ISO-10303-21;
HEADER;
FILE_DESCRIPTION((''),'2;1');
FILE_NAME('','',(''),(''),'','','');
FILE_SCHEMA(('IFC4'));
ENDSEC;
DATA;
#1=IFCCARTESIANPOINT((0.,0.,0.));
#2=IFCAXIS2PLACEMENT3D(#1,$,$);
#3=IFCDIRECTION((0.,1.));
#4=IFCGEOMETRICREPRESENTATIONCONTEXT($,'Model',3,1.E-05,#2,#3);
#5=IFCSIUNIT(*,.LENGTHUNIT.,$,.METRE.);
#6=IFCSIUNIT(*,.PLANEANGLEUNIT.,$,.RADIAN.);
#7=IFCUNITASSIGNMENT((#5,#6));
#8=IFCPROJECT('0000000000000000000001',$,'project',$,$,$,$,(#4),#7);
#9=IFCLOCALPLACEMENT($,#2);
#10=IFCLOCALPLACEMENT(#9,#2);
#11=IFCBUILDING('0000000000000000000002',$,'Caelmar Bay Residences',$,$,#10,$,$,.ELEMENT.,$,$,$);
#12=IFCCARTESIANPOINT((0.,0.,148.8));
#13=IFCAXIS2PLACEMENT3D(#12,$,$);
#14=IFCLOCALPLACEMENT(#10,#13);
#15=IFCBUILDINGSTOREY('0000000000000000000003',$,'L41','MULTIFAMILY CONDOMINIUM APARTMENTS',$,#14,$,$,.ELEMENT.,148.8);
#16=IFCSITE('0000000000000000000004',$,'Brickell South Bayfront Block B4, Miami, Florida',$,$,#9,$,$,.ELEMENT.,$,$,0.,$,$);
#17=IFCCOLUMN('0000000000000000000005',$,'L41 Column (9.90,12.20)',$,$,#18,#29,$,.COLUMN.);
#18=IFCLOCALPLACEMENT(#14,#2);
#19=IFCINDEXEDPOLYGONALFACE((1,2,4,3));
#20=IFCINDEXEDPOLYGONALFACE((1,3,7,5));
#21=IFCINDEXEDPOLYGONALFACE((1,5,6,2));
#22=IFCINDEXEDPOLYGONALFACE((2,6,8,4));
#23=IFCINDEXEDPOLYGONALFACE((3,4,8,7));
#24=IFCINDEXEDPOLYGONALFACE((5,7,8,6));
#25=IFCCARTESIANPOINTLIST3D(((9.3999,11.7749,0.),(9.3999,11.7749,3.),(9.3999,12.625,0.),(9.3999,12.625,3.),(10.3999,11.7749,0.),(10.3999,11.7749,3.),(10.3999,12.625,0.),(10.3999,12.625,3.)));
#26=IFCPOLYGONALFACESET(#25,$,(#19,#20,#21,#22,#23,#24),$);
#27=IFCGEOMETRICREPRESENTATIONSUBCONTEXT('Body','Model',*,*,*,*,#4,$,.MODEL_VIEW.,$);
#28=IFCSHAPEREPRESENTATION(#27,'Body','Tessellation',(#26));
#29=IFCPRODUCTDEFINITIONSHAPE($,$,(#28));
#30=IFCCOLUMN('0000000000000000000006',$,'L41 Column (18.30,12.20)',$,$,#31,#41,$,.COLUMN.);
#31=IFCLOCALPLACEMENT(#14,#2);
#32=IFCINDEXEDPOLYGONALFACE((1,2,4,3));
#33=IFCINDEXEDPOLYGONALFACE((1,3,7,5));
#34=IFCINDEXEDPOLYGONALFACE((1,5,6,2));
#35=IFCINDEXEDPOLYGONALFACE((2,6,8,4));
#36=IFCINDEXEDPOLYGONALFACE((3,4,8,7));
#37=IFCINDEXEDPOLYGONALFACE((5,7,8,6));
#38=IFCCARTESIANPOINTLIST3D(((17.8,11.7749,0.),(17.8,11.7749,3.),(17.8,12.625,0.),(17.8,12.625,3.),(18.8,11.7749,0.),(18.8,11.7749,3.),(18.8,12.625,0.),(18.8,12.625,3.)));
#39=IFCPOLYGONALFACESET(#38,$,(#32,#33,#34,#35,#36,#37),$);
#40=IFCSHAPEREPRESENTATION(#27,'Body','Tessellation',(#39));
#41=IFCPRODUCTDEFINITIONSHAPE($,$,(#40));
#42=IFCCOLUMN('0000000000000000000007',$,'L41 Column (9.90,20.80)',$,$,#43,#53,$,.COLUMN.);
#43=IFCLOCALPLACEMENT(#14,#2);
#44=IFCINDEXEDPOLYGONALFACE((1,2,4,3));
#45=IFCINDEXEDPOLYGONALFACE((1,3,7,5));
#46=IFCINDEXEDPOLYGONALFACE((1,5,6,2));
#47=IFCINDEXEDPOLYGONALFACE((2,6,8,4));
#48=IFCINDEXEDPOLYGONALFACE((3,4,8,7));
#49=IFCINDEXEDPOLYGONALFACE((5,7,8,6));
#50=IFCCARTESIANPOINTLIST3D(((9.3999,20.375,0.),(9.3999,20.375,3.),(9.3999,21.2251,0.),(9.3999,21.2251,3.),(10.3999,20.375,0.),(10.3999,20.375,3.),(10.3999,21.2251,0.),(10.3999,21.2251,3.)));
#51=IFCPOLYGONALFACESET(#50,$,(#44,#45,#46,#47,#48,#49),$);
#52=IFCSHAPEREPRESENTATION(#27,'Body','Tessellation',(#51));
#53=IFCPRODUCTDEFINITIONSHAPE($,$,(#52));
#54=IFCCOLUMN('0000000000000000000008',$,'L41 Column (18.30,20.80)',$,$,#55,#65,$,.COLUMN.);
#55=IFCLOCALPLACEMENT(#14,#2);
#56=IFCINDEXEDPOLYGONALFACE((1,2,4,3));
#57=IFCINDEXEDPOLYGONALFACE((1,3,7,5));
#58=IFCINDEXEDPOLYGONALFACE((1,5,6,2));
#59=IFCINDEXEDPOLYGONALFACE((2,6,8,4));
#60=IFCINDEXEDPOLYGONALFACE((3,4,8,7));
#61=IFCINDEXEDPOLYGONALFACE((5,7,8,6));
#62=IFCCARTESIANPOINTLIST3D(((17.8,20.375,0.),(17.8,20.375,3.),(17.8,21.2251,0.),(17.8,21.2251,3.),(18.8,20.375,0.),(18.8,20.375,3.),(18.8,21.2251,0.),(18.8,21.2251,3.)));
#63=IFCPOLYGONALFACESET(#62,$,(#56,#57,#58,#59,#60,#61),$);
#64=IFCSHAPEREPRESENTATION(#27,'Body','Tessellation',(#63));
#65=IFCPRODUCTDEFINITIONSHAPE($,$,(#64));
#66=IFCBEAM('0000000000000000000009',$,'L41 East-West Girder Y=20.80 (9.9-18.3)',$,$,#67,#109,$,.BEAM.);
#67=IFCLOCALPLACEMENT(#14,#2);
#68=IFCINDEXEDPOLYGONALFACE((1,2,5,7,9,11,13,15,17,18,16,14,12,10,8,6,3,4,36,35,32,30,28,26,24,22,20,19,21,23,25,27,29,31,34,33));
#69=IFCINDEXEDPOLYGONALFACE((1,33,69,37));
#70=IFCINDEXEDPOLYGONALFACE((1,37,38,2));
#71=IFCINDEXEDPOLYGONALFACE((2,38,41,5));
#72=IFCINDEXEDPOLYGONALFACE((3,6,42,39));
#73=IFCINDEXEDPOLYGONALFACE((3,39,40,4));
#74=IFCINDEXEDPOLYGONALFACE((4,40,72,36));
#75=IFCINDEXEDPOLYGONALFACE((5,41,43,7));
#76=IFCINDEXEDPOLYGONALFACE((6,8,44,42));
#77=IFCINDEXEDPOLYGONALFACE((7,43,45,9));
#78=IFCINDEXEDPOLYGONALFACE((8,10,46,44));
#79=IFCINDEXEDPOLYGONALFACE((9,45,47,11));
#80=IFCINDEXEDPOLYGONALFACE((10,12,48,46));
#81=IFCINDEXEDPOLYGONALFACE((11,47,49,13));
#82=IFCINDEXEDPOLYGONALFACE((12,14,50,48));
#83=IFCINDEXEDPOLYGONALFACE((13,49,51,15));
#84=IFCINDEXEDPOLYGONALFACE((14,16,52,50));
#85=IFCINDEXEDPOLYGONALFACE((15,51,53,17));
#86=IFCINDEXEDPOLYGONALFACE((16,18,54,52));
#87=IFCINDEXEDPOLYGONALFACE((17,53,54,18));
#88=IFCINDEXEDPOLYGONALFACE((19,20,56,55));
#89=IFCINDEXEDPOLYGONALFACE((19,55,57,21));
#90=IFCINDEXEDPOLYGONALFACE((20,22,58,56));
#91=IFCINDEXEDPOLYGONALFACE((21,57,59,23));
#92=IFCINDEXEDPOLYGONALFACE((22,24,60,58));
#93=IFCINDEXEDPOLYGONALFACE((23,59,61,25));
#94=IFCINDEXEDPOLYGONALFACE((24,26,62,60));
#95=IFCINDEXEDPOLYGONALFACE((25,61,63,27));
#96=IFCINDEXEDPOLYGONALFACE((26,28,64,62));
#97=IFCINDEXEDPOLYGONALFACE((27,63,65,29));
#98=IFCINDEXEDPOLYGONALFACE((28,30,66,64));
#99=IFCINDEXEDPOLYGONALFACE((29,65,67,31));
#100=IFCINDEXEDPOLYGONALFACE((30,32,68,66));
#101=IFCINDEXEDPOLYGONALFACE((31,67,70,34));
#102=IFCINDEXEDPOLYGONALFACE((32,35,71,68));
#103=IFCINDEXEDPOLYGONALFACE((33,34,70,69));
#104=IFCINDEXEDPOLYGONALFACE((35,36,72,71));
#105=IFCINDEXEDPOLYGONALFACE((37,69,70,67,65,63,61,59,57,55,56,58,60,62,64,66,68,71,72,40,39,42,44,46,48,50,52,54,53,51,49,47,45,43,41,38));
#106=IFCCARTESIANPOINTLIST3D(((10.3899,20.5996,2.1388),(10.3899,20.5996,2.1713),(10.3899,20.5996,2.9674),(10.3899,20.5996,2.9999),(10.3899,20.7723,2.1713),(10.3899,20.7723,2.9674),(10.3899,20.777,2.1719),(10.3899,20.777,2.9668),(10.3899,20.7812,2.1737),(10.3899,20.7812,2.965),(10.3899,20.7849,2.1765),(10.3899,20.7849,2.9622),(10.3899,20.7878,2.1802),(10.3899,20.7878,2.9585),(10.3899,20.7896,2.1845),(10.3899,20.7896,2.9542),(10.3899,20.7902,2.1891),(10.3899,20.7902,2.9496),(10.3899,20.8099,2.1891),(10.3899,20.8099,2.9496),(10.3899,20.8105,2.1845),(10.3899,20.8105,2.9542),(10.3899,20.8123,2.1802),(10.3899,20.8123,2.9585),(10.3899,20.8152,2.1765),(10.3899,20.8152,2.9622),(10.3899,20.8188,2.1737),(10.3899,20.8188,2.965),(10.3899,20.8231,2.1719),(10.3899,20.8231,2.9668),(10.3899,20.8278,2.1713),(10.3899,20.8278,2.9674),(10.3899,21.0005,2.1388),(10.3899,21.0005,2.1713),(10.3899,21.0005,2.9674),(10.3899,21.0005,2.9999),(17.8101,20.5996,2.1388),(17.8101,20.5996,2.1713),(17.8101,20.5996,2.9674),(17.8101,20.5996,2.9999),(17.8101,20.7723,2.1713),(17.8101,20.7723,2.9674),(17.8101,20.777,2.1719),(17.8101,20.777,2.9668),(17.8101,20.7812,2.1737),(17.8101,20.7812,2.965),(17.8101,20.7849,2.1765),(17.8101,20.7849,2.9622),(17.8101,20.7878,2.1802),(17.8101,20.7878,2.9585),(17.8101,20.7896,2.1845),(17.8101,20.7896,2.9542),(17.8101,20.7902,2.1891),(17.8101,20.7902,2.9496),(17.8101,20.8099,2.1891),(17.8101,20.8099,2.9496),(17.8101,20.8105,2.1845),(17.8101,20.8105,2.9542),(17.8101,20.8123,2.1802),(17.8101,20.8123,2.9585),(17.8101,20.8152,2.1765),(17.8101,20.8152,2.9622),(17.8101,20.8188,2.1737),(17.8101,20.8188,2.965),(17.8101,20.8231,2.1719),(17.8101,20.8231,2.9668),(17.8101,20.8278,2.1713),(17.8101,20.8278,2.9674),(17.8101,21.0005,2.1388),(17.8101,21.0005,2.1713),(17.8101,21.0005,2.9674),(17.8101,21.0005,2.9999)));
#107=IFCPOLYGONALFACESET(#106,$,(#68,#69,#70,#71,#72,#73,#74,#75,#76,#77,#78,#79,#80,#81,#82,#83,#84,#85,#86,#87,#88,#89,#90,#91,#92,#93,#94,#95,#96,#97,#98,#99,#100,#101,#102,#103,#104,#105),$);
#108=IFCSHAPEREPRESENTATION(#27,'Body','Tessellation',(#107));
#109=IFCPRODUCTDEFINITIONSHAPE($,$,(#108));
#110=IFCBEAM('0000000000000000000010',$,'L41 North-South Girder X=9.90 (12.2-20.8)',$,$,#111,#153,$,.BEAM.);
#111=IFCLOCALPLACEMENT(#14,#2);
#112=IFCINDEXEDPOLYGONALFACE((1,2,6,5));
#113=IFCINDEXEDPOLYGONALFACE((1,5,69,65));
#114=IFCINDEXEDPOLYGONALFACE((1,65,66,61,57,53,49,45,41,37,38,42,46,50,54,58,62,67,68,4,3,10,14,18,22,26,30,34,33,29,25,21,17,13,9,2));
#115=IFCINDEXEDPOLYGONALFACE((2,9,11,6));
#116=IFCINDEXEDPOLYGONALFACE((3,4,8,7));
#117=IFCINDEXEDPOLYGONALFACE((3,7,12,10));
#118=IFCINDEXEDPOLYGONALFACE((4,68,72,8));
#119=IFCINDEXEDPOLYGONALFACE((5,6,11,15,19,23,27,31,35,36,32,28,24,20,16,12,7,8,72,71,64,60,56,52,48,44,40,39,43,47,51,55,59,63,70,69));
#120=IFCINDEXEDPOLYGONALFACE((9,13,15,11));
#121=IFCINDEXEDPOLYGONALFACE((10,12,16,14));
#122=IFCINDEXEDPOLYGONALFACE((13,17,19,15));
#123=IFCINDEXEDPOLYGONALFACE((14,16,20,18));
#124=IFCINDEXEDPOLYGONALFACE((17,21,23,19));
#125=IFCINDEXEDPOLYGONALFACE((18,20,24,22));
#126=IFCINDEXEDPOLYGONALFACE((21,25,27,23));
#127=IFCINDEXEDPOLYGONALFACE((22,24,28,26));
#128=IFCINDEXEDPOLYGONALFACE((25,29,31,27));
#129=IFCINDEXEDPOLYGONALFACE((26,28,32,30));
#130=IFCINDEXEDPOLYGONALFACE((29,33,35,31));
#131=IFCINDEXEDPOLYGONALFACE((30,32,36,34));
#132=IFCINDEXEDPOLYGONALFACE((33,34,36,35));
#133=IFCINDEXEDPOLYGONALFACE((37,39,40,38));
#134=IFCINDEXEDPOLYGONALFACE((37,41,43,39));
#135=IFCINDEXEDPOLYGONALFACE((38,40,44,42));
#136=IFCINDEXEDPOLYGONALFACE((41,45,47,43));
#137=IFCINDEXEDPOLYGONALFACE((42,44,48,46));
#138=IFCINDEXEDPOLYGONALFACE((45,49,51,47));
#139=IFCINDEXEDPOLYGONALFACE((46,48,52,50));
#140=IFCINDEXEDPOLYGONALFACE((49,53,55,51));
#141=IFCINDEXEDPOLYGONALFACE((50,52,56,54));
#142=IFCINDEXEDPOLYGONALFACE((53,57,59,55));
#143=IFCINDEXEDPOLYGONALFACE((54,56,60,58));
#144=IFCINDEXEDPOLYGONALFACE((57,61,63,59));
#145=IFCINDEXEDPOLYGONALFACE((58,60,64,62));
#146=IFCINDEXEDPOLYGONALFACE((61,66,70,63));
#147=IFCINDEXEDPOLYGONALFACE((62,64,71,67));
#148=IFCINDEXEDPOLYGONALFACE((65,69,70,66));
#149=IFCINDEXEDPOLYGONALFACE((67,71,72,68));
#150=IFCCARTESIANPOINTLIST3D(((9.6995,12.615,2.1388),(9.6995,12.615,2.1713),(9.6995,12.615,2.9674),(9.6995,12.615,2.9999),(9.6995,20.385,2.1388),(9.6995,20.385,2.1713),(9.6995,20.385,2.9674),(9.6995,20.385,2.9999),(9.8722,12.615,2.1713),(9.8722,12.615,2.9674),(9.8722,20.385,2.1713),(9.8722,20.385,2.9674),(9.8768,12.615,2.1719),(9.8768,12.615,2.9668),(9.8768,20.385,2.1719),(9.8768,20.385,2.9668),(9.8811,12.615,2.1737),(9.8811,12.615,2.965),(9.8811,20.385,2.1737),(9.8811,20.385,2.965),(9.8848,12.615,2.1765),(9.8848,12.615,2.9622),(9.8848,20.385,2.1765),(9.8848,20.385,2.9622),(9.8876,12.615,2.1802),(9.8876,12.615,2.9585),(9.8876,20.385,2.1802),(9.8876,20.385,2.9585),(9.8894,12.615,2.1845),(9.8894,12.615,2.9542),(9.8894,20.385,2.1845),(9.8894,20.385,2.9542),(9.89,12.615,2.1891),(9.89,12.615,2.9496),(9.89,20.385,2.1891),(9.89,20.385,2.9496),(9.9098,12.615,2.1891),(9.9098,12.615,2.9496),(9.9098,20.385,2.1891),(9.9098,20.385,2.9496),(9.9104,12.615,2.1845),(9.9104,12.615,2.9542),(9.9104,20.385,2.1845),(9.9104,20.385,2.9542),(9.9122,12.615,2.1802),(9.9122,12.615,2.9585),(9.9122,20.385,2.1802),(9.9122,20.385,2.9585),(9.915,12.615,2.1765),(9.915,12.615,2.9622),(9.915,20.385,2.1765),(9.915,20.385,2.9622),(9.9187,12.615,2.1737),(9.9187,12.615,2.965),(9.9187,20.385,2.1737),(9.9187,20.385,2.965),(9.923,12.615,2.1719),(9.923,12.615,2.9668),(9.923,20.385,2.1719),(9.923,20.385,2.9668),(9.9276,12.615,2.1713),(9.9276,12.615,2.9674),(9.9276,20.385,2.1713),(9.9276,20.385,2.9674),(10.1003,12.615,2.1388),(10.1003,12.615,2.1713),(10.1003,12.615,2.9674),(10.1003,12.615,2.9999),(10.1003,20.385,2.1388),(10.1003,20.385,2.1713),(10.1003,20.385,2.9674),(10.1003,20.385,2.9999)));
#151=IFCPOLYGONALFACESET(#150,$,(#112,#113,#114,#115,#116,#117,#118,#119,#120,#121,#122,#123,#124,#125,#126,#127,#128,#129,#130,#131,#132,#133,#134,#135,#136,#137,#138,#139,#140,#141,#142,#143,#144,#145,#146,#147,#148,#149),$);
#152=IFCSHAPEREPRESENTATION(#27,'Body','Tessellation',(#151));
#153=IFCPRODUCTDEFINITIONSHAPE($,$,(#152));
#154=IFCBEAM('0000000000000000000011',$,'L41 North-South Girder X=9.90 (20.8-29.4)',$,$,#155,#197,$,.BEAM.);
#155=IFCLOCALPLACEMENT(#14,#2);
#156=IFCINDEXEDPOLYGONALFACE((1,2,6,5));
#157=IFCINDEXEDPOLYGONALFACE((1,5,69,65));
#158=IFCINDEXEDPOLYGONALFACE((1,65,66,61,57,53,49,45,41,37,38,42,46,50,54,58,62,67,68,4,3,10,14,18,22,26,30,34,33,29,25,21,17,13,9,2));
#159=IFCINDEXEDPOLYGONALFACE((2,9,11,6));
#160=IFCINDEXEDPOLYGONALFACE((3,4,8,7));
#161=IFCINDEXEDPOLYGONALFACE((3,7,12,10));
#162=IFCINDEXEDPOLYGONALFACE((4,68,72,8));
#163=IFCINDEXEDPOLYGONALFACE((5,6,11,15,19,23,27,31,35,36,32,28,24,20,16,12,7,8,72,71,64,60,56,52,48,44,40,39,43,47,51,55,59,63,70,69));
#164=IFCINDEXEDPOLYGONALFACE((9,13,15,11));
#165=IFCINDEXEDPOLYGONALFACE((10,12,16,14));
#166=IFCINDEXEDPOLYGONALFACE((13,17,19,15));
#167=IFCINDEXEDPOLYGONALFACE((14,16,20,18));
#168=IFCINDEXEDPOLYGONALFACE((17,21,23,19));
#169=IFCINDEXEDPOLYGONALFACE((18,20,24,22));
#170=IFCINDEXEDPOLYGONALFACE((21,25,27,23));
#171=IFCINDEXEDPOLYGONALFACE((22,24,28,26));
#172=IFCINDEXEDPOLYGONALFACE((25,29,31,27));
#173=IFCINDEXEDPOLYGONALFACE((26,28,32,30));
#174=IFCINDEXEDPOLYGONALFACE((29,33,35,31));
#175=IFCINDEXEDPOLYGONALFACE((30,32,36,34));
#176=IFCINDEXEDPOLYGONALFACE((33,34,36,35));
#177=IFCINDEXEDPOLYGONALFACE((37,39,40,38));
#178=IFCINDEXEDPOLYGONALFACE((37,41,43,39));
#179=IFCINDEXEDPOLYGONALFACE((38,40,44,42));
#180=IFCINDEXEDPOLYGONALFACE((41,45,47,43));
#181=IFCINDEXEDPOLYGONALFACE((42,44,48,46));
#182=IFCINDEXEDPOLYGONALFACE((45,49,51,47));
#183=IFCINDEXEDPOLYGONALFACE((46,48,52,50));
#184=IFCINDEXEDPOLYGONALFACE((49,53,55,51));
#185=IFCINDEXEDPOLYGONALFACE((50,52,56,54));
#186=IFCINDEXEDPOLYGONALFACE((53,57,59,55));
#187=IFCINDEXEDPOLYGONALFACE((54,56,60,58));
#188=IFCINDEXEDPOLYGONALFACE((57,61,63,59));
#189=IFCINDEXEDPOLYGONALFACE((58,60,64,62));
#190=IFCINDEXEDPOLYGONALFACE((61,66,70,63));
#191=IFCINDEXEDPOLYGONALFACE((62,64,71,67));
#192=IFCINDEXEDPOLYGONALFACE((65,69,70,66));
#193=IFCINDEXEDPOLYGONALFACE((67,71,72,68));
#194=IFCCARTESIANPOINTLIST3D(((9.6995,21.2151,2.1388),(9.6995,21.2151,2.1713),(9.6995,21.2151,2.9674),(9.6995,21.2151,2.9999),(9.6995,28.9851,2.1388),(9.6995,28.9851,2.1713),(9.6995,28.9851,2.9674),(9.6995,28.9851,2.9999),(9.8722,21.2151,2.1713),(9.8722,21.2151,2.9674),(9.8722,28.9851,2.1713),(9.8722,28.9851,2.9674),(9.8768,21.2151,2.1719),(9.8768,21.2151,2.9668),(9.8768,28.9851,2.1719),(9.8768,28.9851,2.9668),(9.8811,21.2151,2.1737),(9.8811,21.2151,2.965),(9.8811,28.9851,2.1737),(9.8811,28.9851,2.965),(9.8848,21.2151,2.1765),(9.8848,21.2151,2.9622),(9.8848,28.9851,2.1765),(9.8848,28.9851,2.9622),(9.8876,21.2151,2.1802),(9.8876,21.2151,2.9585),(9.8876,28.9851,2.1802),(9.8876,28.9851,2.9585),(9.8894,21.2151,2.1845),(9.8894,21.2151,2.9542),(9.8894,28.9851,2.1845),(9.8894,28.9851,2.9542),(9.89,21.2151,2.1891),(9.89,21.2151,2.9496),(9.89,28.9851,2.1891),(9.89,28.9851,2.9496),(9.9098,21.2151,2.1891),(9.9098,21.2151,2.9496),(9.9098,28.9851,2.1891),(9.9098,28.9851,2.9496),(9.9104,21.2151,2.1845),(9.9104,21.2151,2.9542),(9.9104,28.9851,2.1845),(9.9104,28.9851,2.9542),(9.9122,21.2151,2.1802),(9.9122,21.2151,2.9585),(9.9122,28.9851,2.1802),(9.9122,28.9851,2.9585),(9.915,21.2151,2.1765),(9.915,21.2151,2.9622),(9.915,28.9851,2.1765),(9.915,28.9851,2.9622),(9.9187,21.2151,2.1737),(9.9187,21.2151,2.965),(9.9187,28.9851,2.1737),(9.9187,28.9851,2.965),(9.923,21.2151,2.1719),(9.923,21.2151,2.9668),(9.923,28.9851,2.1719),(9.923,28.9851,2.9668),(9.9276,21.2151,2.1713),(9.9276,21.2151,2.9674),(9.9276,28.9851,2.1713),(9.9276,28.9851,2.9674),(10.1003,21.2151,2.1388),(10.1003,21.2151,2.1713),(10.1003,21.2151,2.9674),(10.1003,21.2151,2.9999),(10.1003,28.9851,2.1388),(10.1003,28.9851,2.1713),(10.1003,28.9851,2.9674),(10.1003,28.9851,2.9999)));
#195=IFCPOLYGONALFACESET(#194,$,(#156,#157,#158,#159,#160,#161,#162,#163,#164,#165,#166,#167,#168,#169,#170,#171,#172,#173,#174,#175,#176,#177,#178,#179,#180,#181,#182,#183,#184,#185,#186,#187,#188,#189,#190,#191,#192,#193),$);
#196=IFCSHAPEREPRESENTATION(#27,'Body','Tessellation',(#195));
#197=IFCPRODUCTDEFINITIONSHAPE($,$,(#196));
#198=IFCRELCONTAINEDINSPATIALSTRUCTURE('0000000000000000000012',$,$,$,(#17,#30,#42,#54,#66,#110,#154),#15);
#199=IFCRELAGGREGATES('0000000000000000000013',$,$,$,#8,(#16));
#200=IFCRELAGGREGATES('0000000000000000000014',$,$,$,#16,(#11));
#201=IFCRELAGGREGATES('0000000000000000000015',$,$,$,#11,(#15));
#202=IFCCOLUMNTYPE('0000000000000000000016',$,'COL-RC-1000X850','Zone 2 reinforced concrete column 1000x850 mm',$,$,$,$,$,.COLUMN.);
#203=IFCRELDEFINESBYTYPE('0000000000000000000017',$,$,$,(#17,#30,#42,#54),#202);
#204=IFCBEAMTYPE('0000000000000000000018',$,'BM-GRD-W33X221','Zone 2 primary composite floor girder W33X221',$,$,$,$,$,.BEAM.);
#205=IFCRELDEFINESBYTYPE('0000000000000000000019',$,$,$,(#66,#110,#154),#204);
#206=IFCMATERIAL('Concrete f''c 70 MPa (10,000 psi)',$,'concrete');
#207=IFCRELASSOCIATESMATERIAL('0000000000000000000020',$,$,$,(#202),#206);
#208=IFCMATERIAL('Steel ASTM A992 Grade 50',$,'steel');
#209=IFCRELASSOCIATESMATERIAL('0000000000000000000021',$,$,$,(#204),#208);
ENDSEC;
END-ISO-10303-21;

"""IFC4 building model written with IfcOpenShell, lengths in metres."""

from ifc_helpers import new_model, si_unit, direction, frame, origin, origin_2d, place, context, subcontext, project, spatial, rectangle, i_section, extrude, material, material_profile, profile_set, type_object, element, save


model = new_model("IFC4")

# Units and contexts
model_context = context("Model", 3, precision=1e-05, world=origin(), true_north=direction((0.0, 1.0)))
body_context = subcontext(model_context, "Body", "Model", "MODEL_VIEW")
ifc_project = project(units=[si_unit("LENGTHUNIT", "METRE"), si_unit("PLANEANGLEUNIT", "RADIAN")], contexts=[model_context])

# Site, building, storey
site_placement = place(None, origin())
site = spatial("IfcSite", under=ifc_project, at=site_placement, Name="Brickell South Bayfront Block B4, Miami, Florida", CompositionType="ELEMENT", RefElevation=0.0)
building_placement = place(site_placement, origin())
building = spatial("IfcBuilding", under=site, at=building_placement, Name="Caelmar Bay Residences", CompositionType="ELEMENT")
storey_placement = place(building_placement, frame((0.0, 0.0, 148.8)))
storey = spatial("IfcBuildingStorey", under=building, at=storey_placement, Name="L41", Description="MULTIFAMILY CONDOMINIUM APARTMENTS", CompositionType="ELEMENT", Elevation=148.8)

# Columns
ifc_material_1 = material(Name="Concrete f'c 70 MPa (10,000 psi)", Category="concrete")
ifc_material_profile_1 = material_profile(ifc_material_1, rectangle(XDim=1.0, YDim=0.8501, at=origin_2d()), Name="RC-COL-1000X850")
ifc_profile_set_1 = profile_set([ifc_material_profile_1], Name="Concrete f'c 70 MPa (10,000 psi)")
column_type = type_object("IfcColumnType", Name="COL-RC-1000X850", Description="Zone 2 reinforced concrete column 1000x850 mm", PredefinedType="COLUMN", material=ifc_profile_set_1)
for number, where, z_axis, x_axis, name in (
    (1, (9.8999, 12.2, 0.0), (0.0, 0.0, 1.0), (1.0, 0.0, 0.0), "L41 Column (9.90,12.20)"),
    (2, (18.3, 12.2, 0.0), (0.0, 0.0, 1.0), (1.0, 0.0, 0.0), "L41 Column (18.30,12.20)"),
    (3, (9.8999, 20.8, 0.0), (0.0, 0.0, 1.0), (1.0, 0.0, 0.0), "L41 Column (9.90,20.80)"),
    (4, (18.3, 20.8, 0.0), (0.0, 0.0, 1.0), (1.0, 0.0, 0.0), "L41 Column (18.30,20.80)"),
):
    element("IfcColumn", number, at=place(storey_placement, frame(where, z_axis=z_axis, x_axis=x_axis)), inside=storey, type_object=column_type, Name=name, PredefinedType="COLUMN", context=body_context, shape_type="SweptSolid", body=[
        extrude(rectangle(XDim=1.0, YDim=0.8501, at=origin_2d()), origin(), (0.0, 0.0, 1.0), 3.0),
    ])

# Beams
ifc_material_2 = material(Name="Steel ASTM A992 Grade 50", Category="steel")
ifc_material_profile_2 = material_profile(ifc_material_2, i_section(OverallWidth=0.4009, OverallDepth=0.8611, WebThickness=0.0198, FlangeThickness=0.0325, FilletRadius=0.0178, at=origin_2d()), Name="W33X221")
ifc_profile_set_2 = profile_set([ifc_material_profile_2], Name="Steel ASTM A992 Grade 50")
beam_type_1 = type_object("IfcBeamType", Name="BM-GRD-W33X221", Description="Zone 2 primary composite floor girder W33X221", PredefinedType="BEAM", material=ifc_profile_set_2)
beam_1_placement = place(storey_placement, frame((10.3899, 20.8, 2.5693), z_axis=(1.0, 0.0, 0.0), x_axis=(0.0, 1.0, 0.0)))
element("IfcBeam", 5, at=beam_1_placement, inside=storey, type_object=beam_type_1, Name="L41 East-West Girder Y=20.80 (9.9-18.3)", PredefinedType="BEAM", context=body_context, shape_type="SweptSolid", body=[
    extrude(i_section(OverallWidth=0.4009, OverallDepth=0.8611, WebThickness=0.0198, FlangeThickness=0.0325, FilletRadius=0.0178, at=origin_2d()), origin(), (0.0, 0.0, 1.0), 7.4202),
])
for number, where, z_axis, x_axis, name in (
    (6, (9.8999, 12.615, 2.5693), (0.0, 1.0, 0.0), (-1.0, 0.0, 0.0), "L41 North-South Girder X=9.90 (12.2-20.8)"),
    (7, (9.8999, 21.2151, 2.5693), (0.0, 1.0, 0.0), (-1.0, 0.0, 0.0), "L41 North-South Girder X=9.90 (20.8-29.4)"),
):
    element("IfcBeam", number, at=place(storey_placement, frame(where, z_axis=z_axis, x_axis=x_axis)), inside=storey, type_object=beam_type_1, Name=name, PredefinedType="BEAM", context=body_context, shape_type="SweptSolid", body=[
        extrude(i_section(OverallWidth=0.4009, OverallDepth=0.8611, WebThickness=0.0198, FlangeThickness=0.0325, FilletRadius=0.0178, at=origin_2d()), origin(), (0.0, 0.0, 1.0), 7.77),
    ])

save(model, "model.ifc")
